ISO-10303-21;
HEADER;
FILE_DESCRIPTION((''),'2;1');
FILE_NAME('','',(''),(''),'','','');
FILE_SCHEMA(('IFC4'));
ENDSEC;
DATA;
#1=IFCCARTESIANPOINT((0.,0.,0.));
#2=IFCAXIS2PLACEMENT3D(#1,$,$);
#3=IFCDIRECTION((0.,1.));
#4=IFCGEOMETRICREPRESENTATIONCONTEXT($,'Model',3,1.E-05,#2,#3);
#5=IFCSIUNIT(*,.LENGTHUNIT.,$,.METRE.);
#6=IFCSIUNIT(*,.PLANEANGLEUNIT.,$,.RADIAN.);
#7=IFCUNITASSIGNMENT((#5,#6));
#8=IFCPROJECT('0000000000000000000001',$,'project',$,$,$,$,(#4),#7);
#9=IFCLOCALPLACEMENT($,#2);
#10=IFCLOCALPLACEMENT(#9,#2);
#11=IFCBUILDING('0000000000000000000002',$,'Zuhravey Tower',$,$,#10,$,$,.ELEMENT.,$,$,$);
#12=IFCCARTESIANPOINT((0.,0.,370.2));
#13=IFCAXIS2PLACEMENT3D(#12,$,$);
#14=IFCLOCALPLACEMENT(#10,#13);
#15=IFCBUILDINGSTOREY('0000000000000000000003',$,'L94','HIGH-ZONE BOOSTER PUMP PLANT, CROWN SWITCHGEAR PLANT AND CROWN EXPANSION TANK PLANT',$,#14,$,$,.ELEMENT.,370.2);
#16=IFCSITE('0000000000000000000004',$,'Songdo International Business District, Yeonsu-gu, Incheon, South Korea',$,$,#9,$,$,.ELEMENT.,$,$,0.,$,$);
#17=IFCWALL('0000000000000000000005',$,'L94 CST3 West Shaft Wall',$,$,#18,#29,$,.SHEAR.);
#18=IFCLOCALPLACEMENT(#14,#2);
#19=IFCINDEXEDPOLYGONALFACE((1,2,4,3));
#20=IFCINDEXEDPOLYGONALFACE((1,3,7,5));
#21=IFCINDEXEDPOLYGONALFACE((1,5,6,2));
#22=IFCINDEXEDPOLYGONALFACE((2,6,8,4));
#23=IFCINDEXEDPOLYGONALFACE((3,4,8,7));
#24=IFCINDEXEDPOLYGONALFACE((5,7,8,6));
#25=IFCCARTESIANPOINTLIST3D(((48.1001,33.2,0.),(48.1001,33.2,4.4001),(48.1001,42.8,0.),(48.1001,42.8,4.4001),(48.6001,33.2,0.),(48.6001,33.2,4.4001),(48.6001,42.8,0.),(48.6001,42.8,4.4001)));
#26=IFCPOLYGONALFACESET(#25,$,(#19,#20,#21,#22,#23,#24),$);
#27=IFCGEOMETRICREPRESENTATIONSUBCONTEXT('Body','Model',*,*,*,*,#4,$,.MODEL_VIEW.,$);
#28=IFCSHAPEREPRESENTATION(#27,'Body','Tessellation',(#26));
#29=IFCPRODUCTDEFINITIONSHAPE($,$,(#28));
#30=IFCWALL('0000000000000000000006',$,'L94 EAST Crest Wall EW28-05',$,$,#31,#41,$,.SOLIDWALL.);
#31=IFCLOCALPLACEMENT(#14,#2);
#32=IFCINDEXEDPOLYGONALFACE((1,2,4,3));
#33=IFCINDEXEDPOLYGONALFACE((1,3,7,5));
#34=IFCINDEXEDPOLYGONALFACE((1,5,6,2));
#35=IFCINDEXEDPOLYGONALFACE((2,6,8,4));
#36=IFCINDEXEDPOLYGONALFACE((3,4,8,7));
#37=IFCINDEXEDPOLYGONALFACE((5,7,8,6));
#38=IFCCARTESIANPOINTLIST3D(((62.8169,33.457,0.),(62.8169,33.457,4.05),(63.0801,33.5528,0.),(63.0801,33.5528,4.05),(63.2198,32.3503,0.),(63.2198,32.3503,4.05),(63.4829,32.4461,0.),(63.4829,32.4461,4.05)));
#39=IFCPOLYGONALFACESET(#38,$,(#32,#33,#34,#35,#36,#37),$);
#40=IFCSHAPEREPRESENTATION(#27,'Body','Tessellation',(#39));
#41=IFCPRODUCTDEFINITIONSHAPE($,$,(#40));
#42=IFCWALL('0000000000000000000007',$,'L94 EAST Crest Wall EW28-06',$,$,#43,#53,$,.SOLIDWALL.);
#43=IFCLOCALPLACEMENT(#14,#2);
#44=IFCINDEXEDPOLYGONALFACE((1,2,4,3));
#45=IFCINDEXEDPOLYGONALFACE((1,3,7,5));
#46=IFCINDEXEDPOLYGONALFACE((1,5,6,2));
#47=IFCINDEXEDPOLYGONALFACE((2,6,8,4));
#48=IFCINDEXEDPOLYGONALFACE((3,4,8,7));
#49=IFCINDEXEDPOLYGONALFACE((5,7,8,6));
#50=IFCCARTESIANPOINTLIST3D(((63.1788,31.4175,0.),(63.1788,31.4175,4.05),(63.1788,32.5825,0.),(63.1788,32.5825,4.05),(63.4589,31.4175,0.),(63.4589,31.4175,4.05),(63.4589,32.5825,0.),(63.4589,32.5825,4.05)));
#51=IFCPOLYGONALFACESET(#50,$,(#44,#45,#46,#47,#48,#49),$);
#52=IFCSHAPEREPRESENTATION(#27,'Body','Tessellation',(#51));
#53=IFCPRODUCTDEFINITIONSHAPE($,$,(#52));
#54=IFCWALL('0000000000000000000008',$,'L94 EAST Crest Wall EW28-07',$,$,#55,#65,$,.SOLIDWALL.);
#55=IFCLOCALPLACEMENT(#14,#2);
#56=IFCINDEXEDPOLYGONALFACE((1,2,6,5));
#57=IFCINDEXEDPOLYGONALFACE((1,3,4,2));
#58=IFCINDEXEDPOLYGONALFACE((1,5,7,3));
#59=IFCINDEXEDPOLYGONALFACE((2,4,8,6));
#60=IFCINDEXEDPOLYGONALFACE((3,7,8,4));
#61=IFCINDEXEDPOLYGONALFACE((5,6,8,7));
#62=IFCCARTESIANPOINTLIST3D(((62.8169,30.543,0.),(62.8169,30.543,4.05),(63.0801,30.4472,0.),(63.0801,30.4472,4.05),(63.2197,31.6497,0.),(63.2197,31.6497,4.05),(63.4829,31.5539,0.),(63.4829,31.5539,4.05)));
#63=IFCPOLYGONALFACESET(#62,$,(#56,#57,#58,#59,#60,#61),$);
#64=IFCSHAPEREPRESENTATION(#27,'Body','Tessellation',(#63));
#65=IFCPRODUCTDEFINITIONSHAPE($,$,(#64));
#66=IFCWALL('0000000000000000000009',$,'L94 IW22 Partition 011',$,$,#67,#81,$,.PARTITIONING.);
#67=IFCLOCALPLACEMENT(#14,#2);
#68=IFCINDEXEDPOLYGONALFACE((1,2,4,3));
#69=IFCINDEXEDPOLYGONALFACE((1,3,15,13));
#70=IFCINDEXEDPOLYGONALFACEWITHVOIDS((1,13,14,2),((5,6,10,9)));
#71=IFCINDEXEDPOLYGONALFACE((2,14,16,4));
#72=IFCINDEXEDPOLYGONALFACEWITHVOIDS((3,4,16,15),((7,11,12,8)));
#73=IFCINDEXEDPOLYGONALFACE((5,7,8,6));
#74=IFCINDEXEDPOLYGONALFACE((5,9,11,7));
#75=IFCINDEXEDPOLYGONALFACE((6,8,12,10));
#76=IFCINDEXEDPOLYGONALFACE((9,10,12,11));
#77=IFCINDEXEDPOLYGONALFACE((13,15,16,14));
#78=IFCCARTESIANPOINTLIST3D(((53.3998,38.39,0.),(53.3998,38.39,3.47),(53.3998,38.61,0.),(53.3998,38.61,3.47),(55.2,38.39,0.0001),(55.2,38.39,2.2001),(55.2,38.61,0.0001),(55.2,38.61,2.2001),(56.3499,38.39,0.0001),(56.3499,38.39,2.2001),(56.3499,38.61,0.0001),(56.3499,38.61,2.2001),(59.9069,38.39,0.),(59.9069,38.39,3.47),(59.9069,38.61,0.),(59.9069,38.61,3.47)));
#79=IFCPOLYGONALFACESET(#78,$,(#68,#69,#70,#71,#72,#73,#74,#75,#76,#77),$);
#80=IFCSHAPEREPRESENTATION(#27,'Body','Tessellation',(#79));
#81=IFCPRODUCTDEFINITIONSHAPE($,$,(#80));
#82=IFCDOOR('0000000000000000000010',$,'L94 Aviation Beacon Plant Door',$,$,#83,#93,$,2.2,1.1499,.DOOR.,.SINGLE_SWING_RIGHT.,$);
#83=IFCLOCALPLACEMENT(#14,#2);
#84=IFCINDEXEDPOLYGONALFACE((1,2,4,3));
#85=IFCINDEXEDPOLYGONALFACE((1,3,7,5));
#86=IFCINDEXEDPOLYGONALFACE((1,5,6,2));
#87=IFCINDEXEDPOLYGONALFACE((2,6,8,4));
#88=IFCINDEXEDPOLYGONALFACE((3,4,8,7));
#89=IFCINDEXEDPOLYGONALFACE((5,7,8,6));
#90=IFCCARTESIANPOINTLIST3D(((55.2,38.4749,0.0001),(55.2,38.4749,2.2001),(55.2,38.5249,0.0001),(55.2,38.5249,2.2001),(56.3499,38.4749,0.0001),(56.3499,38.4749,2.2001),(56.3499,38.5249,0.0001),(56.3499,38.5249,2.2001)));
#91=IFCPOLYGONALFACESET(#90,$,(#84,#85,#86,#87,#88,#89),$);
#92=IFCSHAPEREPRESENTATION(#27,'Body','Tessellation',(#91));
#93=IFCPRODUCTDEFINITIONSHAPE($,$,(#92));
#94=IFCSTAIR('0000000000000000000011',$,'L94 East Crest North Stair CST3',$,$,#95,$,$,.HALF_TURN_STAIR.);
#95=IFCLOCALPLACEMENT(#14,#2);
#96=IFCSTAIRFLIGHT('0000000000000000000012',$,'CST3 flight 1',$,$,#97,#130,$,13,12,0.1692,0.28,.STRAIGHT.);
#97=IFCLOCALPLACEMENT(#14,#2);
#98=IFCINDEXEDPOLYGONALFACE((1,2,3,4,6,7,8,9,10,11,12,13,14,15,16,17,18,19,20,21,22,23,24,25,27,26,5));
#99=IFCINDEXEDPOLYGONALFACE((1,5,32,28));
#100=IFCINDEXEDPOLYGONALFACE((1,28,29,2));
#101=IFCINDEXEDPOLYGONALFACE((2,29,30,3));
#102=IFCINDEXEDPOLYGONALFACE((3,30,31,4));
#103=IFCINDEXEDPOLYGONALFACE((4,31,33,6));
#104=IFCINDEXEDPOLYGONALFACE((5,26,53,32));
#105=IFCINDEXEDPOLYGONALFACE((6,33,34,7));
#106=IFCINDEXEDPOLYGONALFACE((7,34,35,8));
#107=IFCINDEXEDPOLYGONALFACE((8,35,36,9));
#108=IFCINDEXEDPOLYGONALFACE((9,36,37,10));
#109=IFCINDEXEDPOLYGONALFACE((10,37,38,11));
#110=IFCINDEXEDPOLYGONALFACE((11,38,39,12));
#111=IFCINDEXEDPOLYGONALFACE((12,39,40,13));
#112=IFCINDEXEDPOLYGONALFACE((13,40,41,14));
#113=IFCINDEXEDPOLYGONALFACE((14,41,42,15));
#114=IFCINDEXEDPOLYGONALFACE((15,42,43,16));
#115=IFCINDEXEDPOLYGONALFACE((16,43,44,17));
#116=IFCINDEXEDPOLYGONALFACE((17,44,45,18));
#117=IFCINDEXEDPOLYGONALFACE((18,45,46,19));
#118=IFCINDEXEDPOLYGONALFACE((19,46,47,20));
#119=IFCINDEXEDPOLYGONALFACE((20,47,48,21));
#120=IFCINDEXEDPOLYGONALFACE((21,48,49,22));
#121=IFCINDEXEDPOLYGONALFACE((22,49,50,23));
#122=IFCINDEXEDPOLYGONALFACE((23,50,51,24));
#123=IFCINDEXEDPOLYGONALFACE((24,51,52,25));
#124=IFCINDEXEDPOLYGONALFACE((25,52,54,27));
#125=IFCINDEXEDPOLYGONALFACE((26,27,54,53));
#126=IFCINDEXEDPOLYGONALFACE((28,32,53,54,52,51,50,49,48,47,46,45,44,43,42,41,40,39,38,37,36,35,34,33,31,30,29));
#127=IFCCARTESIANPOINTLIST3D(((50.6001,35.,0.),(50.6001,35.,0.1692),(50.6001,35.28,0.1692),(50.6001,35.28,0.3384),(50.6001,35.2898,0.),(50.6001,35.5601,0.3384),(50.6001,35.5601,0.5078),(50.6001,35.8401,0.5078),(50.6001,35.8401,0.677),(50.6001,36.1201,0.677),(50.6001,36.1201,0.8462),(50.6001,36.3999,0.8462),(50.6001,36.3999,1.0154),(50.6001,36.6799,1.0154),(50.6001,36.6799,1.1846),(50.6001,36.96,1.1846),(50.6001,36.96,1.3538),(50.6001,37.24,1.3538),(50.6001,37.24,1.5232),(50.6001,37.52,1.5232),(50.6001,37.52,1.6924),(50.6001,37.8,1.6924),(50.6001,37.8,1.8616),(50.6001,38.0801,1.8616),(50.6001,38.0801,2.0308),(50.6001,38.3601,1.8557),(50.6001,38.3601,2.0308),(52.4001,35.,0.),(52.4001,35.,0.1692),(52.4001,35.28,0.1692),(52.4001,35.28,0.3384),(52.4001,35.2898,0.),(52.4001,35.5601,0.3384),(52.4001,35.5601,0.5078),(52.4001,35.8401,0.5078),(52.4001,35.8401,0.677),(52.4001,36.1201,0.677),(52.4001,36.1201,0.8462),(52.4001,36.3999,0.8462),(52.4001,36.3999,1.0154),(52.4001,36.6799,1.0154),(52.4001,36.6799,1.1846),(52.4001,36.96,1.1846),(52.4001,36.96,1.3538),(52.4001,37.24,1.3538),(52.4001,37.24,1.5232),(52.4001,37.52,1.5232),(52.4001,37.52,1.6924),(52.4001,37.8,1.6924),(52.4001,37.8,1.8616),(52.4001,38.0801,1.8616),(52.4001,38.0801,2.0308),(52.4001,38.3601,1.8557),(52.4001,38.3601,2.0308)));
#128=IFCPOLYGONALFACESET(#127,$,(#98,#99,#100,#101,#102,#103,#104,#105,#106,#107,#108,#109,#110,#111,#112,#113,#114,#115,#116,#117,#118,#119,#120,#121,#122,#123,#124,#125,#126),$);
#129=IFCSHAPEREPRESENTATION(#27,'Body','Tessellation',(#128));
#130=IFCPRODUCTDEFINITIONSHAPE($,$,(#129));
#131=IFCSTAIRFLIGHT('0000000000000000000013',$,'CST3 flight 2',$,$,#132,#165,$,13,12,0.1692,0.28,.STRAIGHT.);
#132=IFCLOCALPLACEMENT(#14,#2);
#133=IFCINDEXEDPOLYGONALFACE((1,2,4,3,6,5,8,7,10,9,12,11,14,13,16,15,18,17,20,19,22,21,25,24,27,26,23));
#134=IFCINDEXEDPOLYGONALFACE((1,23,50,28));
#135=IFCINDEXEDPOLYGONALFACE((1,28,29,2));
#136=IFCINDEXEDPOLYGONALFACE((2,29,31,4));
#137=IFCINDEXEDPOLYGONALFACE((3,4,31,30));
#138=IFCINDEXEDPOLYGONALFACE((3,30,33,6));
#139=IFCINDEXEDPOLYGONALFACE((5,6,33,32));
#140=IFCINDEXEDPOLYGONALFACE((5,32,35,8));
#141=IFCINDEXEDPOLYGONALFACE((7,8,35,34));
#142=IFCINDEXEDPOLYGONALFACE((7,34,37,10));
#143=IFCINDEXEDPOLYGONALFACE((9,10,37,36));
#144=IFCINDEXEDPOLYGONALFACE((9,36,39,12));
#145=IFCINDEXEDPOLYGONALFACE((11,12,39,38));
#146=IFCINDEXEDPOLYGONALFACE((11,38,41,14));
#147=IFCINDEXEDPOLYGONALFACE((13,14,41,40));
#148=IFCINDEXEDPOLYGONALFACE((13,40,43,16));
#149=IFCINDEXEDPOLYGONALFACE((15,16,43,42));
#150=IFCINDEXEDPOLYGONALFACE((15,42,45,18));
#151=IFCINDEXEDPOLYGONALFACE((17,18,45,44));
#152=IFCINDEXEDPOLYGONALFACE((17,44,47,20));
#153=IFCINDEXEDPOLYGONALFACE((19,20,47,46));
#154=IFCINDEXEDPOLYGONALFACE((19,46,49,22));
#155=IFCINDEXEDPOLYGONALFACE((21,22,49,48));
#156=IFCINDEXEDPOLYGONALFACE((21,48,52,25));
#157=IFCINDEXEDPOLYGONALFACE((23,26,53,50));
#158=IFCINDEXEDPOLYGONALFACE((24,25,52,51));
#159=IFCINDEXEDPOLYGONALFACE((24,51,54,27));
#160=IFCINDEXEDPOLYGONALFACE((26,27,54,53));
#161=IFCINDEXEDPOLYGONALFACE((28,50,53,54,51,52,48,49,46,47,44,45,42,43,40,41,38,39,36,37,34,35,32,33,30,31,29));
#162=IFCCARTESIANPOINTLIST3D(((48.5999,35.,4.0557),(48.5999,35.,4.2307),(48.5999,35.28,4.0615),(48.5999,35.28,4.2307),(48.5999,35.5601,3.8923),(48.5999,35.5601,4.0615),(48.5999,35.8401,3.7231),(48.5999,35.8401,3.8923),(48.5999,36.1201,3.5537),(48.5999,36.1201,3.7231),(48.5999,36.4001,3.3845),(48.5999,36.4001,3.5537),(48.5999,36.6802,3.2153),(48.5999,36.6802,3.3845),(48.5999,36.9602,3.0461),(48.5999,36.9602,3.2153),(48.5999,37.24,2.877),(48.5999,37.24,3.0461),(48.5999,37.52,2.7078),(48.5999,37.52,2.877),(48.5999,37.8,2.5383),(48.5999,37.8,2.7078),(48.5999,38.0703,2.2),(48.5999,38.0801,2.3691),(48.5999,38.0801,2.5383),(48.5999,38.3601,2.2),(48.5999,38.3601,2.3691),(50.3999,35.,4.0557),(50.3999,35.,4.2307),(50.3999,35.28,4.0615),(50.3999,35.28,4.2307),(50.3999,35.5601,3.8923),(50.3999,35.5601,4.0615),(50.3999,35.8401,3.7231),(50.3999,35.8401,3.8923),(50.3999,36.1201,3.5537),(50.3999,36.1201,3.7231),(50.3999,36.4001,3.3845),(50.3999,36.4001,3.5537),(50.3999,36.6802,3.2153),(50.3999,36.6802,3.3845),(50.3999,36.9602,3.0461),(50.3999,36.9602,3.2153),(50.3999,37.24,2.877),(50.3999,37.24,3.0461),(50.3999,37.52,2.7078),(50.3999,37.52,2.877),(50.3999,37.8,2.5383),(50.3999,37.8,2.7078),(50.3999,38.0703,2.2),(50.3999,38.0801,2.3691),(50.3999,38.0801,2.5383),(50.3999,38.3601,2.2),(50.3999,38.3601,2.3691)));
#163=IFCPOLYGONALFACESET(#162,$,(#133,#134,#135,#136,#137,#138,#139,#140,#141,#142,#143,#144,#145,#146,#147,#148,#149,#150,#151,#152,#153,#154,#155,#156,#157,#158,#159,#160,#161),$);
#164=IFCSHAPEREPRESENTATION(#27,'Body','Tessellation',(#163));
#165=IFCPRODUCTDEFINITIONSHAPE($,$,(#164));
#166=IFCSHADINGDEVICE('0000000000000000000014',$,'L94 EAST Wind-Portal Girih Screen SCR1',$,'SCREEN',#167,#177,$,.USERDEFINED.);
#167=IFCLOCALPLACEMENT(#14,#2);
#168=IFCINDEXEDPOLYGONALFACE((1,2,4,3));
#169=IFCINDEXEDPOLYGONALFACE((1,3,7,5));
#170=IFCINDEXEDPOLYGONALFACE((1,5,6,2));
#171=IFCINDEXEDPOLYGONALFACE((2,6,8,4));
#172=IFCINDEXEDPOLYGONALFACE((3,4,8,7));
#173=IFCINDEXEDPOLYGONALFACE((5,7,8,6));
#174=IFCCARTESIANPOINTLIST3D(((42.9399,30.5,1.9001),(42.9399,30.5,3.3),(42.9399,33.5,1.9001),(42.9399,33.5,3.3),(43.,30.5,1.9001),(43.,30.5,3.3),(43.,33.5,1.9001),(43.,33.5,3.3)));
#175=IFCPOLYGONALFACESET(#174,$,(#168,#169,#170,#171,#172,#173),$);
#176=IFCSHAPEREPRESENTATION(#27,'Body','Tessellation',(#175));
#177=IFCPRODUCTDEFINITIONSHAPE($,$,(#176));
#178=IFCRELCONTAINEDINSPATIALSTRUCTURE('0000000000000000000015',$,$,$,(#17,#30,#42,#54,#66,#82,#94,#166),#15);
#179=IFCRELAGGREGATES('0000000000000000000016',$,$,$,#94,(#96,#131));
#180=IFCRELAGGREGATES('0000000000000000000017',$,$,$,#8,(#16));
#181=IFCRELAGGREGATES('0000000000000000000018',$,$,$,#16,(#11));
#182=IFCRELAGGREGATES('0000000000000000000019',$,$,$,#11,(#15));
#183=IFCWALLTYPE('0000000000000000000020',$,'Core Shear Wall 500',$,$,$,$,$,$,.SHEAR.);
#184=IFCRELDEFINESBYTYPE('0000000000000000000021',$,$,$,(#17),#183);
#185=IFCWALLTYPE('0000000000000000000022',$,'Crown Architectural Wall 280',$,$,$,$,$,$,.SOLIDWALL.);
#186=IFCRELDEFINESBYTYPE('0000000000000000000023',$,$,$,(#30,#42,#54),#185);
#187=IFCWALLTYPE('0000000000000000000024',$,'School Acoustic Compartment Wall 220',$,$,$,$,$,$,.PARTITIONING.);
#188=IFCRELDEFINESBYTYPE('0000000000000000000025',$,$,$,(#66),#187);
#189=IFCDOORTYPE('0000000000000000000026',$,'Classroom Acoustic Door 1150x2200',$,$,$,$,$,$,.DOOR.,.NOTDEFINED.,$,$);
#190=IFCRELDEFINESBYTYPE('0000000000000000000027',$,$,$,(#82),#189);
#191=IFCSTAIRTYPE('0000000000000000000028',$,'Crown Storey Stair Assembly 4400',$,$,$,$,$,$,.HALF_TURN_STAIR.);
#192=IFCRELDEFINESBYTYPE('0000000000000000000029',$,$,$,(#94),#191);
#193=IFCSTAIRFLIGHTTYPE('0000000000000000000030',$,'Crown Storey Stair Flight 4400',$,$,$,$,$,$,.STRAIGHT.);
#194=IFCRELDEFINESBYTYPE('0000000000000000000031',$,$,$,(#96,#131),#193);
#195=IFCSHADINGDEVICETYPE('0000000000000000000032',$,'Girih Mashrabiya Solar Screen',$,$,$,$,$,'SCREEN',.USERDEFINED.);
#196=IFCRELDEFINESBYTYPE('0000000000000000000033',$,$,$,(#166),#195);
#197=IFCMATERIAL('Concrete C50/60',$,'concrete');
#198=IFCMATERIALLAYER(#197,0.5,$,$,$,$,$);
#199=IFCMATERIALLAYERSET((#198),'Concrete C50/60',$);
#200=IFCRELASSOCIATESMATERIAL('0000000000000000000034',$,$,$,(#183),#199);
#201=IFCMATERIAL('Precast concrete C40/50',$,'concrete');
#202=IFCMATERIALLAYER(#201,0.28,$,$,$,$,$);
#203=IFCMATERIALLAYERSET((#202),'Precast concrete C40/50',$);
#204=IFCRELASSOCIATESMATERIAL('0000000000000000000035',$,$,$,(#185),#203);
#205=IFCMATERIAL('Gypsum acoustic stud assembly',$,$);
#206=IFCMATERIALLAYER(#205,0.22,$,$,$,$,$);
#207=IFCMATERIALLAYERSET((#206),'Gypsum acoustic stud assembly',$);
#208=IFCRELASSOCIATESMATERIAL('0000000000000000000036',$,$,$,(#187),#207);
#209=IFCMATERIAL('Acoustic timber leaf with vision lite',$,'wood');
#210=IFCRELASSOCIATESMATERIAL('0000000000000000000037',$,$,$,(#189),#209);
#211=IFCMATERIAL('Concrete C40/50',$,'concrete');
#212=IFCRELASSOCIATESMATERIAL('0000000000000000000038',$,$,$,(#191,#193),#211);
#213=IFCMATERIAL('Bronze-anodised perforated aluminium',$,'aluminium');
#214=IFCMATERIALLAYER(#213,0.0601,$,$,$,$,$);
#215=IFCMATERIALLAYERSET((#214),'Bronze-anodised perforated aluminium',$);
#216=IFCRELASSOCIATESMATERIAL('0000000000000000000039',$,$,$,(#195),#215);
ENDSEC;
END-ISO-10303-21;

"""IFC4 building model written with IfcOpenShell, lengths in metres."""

from ifc_helpers import new_model, si_unit, direction, frame, frame_2d, origin, origin_2d, place, context, subcontext, project, spatial, polyline, rectangle, outline, extrude, material, layer, layer_set, type_object, element, fill, aggregate, save


model = new_model("IFC4")

# Units and contexts
model_context = context("Model", 3, precision=1e-05, world=origin(), true_north=direction((0.0, 1.0)))
body_context = subcontext(model_context, "Body", "Model", "MODEL_VIEW")
ifc_project = project(units=[si_unit("LENGTHUNIT", "METRE"), si_unit("PLANEANGLEUNIT", "RADIAN")], contexts=[model_context])

# Site, building, storey
site_placement = place(None, origin())
site = spatial("IfcSite", under=ifc_project, at=site_placement, Name="Songdo International Business District, Yeonsu-gu, Incheon, South Korea", CompositionType="ELEMENT", RefElevation=0.0)
building_placement = place(site_placement, origin())
building = spatial("IfcBuilding", under=site, at=building_placement, Name="Zuhravey Tower", CompositionType="ELEMENT")
storey_placement = place(building_placement, frame((0.0, 0.0, 370.2)))
storey = spatial("IfcBuildingStorey", under=building, at=storey_placement, Name="L94", Description="HIGH-ZONE BOOSTER PUMP PLANT, CROWN SWITCHGEAR PLANT AND CROWN EXPANSION TANK PLANT", CompositionType="ELEMENT", Elevation=370.2)

# Shared definitions
ifc_material_1 = material(Name="Concrete C50/60", Category="concrete")
ifc_layer_1 = layer(ifc_material_1, 0.5)
ifc_layer_set_1 = layer_set([ifc_layer_1], Name="Concrete C50/60")
wall_type_1 = type_object("IfcWallType", Name="Core Shear Wall 500", PredefinedType="SHEAR", material=ifc_layer_set_1)

# Walls
wall_1_placement = place(storey_placement, frame((48.3501, 33.2, 0.0), z_axis=(0.0, 0.0, 1.0), x_axis=(0.0, 1.0, 0.0)))
element("IfcWall", 1, at=wall_1_placement, inside=storey, type_object=wall_type_1, Name="L94 CST3 West Shaft Wall", PredefinedType="SHEAR", context=body_context, shape_type="SweptSolid", body=[
    extrude(rectangle(XDim=9.6001, YDim=0.5, at=frame_2d((4.8, 0.0))), origin(), (0.0, 0.0, 1.0), 4.4001),
])
ifc_material_2 = material(Name="Precast concrete C40/50", Category="concrete")
ifc_layer_2 = layer(ifc_material_2, 0.28)
ifc_layer_set_2 = layer_set([ifc_layer_2], Name="Precast concrete C40/50")
wall_type_2 = type_object("IfcWallType", Name="Crown Architectural Wall 280", PredefinedType="SOLIDWALL", material=ifc_layer_set_2)
wall_2_placement = place(storey_placement, frame((62.9485, 33.5049, 0.0), z_axis=(0.0, 0.0, 1.0), x_axis=(0.342043, -0.939684, 0.0)))
element("IfcWall", 2, at=wall_2_placement, inside=storey, type_object=wall_type_2, Name="L94 EAST Crest Wall EW28-05", PredefinedType="SOLIDWALL", context=body_context, shape_type="SweptSolid", body=[
    extrude(rectangle(XDim=1.1777, YDim=0.28, at=frame_2d((0.5889, 0.0))), origin(), (0.0, 0.0, 1.0), 4.05),
])
wall_3_placement = place(storey_placement, frame((63.3188, 32.5825, 0.0), z_axis=(0.0, 0.0, 1.0), x_axis=(0.0, -1.0, 0.0)))
element("IfcWall", 3, at=wall_3_placement, inside=storey, type_object=wall_type_2, Name="L94 EAST Crest Wall EW28-06", PredefinedType="SOLIDWALL", context=body_context, shape_type="SweptSolid", body=[
    extrude(rectangle(XDim=1.165, YDim=0.28, at=frame_2d((0.5825, 0.0))), origin(), (0.0, 0.0, 1.0), 4.05),
])
wall_4_placement = place(storey_placement, frame((63.3513, 31.6018, 0.0), z_axis=(0.0, 0.0, 1.0), x_axis=(-0.342043, -0.939684, 0.0)))
element("IfcWall", 4, at=wall_4_placement, inside=storey, type_object=wall_type_2, Name="L94 EAST Crest Wall EW28-07", PredefinedType="SOLIDWALL", context=body_context, shape_type="SweptSolid", body=[
    extrude(rectangle(XDim=1.1777, YDim=0.28, at=frame_2d((0.5889, 0.0))), origin(), (0.0, 0.0, 1.0), 4.05),
])

# Wall, opening, door
ifc_material_3 = material(Name="Gypsum acoustic stud assembly")
ifc_layer_3 = layer(ifc_material_3, 0.22)
ifc_layer_set_3 = layer_set([ifc_layer_3], Name="Gypsum acoustic stud assembly")
wall_type_3 = type_object("IfcWallType", Name="School Acoustic Compartment Wall 220", PredefinedType="PARTITIONING", material=ifc_layer_set_3)
wall_5_placement = place(storey_placement, frame((53.3999, 38.5, 0.0), z_axis=(0.0, 0.0, 1.0), x_axis=(1.0, 0.0, 0.0)))
wall_5 = element("IfcWall", 5, at=wall_5_placement, inside=storey, type_object=wall_type_3, Name="L94 IW22 Partition 011", PredefinedType="PARTITIONING", context=body_context, shape_type="SweptSolid", body=[
    extrude(rectangle(XDim=6.5071, YDim=0.22, at=frame_2d((3.2534, 0.0))), origin(), (0.0, 0.0, 1.0), 3.47),
])
opening_1_placement = place(wall_5_placement, frame((1.8, 0.0, 0.0)))
opening_1 = element("IfcOpeningElement", 6, at=opening_1_placement, cuts=wall_5, PredefinedType="OPENING", context=body_context, shape_type="SweptSolid", body=[
    extrude(rectangle(XDim=1.1499, YDim=2.2, at=frame_2d((0.575, 1.1001))), frame((0.0, 0.1221, 0.0), z_axis=(0.0, -1.0, 0.0), x_axis=(1.0, 0.0, 0.0)), (0.0, 0.0, 1.0), 0.2439),
])
ifc_material_4 = material(Name="Acoustic timber leaf with vision lite", Category="wood")
door_type_1 = type_object("IfcDoorType", Name="Classroom Acoustic Door 1150x2200", OperationType="NOTDEFINED", PredefinedType="DOOR", material=ifc_material_4)
door_1_placement = place(opening_1_placement, origin())
door_1 = element("IfcDoor", 7, at=door_1_placement, inside=storey, type_object=door_type_1, Name="L94 Aviation Beacon Plant Door", OperationType="SINGLE_SWING_RIGHT", OverallHeight=2.2, OverallWidth=1.1499, PredefinedType="DOOR", context=body_context, shape_type="SweptSolid", body=[
    extrude(rectangle(XDim=1.1499, YDim=2.2, at=frame_2d((0.575, 1.1001))), frame((0.0, 0.0249, 0.0), z_axis=(0.0, -1.0, 0.0), x_axis=(1.0, 0.0, 0.0)), (0.0, 0.0, 1.0), 0.05),
])
fill(opening_1, door_1)

# Stair, stair flights
ifc_material_5 = material(Name="Concrete C40/50", Category="concrete")
stair_type = type_object("IfcStairType", Name="Crown Storey Stair Assembly 4400", PredefinedType="HALF_TURN_STAIR", material=ifc_material_5)
stair_placement = place(storey_placement, origin())
stair = element("IfcStair", 8, at=stair_placement, inside=storey, type_object=stair_type, Name="L94 East Crest North Stair CST3", PredefinedType="HALF_TURN_STAIR")
stair_flight_type = type_object("IfcStairFlightType", Name="Crown Storey Stair Flight 4400", PredefinedType="STRAIGHT", material=ifc_material_5)
stair_flight_1_placement = place(storey_placement, frame((51.5, 35.0, 0.0), z_axis=(0.0, 0.0, 1.0), x_axis=(0.0, 1.0, 0.0)))
stair_flight_1 = element("IfcStairFlight", 9, at=stair_flight_1_placement, type_object=stair_flight_type, Name="CST3 flight 1", NumberOfRisers=13, NumberOfTreads=12, PredefinedType="STRAIGHT", RiserHeight=0.1692, TreadLength=0.28, context=body_context, shape_type="SweptSolid", body=[
    extrude(outline(polyline([(0.0, 0.0), (0.0, 0.1692), (0.28, 0.1692), (0.28, 0.3384), (0.5601, 0.3384), (0.5601, 0.5078), (0.8401, 0.5078), (0.8401, 0.677), (1.1201, 0.677), (1.1201, 0.8462), (1.3999, 0.8462), (1.3999, 1.0154), (1.6799, 1.0154), (1.6799, 1.1846), (1.96, 1.1846), (1.96, 1.3538), (2.24, 1.3538), (2.24, 1.5232), (2.52, 1.5232), (2.52, 1.6924), (2.8, 1.6924), (2.8, 1.8616), (3.0801, 1.8616), (3.0801, 2.0308), (3.3601, 2.0308), (3.3601, 2.2), (3.3601, 1.8557), (0.2898, 0.0), (0.0, 0.0)])), frame((0.0, 0.8999, 0.0), z_axis=(0.0, -1.0, 0.0), x_axis=(1.0, 0.0, 0.0)), (0.0, 0.0, 1.0), 1.8),
])
stair_flight_2_placement = place(storey_placement, frame((49.5, 38.3601, 2.2), z_axis=(0.0, 0.0, 1.0), x_axis=(0.0, -1.0, 0.0)))
stair_flight_2 = element("IfcStairFlight", 10, at=stair_flight_2_placement, type_object=stair_flight_type, Name="CST3 flight 2", NumberOfRisers=13, NumberOfTreads=12, PredefinedType="STRAIGHT", RiserHeight=0.1692, TreadLength=0.28, context=body_context, shape_type="SweptSolid", body=[
    extrude(outline(polyline([(0.0, 0.0), (0.0, 0.1692), (0.28, 0.1692), (0.28, 0.3384), (0.5601, 0.3384), (0.5601, 0.5078), (0.8401, 0.5078), (0.8401, 0.677), (1.1201, 0.677), (1.1201, 0.8462), (1.3999, 0.8462), (1.3999, 1.0154), (1.6799, 1.0154), (1.6799, 1.1846), (1.96, 1.1846), (1.96, 1.3538), (2.24, 1.3538), (2.24, 1.5232), (2.52, 1.5232), (2.52, 1.6924), (2.8, 1.6924), (2.8, 1.8616), (3.0801, 1.8616), (3.0801, 2.0308), (3.3601, 2.0308), (3.3601, 2.2), (3.3601, 1.8557), (0.2898, 0.0), (0.0, 0.0)])), frame((0.0, 0.8999, 0.0), z_axis=(0.0, -1.0, 0.0), x_axis=(1.0, 0.0, 0.0)), (0.0, 0.0, 1.0), 1.8),
])
aggregate(stair, [stair_flight_1, stair_flight_2])

# Shading device
ifc_material_6 = material(Name="Bronze-anodised perforated aluminium", Category="aluminium")
ifc_layer_4 = layer(ifc_material_6, 0.0601)
ifc_layer_set_4 = layer_set([ifc_layer_4], Name="Bronze-anodised perforated aluminium")
shading_device_type = type_object("IfcShadingDeviceType", Name="Girih Mashrabiya Solar Screen", ElementType="SCREEN", PredefinedType="USERDEFINED", material=ifc_layer_set_4)
shading_device_placement = place(storey_placement, frame((42.97, 32.0, 1.9001), z_axis=(0.0, 0.0, 1.0), x_axis=(0.0, 1.0, 0.0)))
element("IfcShadingDevice", 11, at=shading_device_placement, inside=storey, type_object=shading_device_type, Name="L94 EAST Wind-Portal Girih Screen SCR1", ObjectType="SCREEN", PredefinedType="USERDEFINED", context=body_context, shape_type="SweptSolid", body=[
    extrude(rectangle(XDim=3.0, YDim=0.0601, at=origin_2d()), origin(), (0.0, 0.0, 1.0), 1.3999),
])

save(model, "model.ifc")
